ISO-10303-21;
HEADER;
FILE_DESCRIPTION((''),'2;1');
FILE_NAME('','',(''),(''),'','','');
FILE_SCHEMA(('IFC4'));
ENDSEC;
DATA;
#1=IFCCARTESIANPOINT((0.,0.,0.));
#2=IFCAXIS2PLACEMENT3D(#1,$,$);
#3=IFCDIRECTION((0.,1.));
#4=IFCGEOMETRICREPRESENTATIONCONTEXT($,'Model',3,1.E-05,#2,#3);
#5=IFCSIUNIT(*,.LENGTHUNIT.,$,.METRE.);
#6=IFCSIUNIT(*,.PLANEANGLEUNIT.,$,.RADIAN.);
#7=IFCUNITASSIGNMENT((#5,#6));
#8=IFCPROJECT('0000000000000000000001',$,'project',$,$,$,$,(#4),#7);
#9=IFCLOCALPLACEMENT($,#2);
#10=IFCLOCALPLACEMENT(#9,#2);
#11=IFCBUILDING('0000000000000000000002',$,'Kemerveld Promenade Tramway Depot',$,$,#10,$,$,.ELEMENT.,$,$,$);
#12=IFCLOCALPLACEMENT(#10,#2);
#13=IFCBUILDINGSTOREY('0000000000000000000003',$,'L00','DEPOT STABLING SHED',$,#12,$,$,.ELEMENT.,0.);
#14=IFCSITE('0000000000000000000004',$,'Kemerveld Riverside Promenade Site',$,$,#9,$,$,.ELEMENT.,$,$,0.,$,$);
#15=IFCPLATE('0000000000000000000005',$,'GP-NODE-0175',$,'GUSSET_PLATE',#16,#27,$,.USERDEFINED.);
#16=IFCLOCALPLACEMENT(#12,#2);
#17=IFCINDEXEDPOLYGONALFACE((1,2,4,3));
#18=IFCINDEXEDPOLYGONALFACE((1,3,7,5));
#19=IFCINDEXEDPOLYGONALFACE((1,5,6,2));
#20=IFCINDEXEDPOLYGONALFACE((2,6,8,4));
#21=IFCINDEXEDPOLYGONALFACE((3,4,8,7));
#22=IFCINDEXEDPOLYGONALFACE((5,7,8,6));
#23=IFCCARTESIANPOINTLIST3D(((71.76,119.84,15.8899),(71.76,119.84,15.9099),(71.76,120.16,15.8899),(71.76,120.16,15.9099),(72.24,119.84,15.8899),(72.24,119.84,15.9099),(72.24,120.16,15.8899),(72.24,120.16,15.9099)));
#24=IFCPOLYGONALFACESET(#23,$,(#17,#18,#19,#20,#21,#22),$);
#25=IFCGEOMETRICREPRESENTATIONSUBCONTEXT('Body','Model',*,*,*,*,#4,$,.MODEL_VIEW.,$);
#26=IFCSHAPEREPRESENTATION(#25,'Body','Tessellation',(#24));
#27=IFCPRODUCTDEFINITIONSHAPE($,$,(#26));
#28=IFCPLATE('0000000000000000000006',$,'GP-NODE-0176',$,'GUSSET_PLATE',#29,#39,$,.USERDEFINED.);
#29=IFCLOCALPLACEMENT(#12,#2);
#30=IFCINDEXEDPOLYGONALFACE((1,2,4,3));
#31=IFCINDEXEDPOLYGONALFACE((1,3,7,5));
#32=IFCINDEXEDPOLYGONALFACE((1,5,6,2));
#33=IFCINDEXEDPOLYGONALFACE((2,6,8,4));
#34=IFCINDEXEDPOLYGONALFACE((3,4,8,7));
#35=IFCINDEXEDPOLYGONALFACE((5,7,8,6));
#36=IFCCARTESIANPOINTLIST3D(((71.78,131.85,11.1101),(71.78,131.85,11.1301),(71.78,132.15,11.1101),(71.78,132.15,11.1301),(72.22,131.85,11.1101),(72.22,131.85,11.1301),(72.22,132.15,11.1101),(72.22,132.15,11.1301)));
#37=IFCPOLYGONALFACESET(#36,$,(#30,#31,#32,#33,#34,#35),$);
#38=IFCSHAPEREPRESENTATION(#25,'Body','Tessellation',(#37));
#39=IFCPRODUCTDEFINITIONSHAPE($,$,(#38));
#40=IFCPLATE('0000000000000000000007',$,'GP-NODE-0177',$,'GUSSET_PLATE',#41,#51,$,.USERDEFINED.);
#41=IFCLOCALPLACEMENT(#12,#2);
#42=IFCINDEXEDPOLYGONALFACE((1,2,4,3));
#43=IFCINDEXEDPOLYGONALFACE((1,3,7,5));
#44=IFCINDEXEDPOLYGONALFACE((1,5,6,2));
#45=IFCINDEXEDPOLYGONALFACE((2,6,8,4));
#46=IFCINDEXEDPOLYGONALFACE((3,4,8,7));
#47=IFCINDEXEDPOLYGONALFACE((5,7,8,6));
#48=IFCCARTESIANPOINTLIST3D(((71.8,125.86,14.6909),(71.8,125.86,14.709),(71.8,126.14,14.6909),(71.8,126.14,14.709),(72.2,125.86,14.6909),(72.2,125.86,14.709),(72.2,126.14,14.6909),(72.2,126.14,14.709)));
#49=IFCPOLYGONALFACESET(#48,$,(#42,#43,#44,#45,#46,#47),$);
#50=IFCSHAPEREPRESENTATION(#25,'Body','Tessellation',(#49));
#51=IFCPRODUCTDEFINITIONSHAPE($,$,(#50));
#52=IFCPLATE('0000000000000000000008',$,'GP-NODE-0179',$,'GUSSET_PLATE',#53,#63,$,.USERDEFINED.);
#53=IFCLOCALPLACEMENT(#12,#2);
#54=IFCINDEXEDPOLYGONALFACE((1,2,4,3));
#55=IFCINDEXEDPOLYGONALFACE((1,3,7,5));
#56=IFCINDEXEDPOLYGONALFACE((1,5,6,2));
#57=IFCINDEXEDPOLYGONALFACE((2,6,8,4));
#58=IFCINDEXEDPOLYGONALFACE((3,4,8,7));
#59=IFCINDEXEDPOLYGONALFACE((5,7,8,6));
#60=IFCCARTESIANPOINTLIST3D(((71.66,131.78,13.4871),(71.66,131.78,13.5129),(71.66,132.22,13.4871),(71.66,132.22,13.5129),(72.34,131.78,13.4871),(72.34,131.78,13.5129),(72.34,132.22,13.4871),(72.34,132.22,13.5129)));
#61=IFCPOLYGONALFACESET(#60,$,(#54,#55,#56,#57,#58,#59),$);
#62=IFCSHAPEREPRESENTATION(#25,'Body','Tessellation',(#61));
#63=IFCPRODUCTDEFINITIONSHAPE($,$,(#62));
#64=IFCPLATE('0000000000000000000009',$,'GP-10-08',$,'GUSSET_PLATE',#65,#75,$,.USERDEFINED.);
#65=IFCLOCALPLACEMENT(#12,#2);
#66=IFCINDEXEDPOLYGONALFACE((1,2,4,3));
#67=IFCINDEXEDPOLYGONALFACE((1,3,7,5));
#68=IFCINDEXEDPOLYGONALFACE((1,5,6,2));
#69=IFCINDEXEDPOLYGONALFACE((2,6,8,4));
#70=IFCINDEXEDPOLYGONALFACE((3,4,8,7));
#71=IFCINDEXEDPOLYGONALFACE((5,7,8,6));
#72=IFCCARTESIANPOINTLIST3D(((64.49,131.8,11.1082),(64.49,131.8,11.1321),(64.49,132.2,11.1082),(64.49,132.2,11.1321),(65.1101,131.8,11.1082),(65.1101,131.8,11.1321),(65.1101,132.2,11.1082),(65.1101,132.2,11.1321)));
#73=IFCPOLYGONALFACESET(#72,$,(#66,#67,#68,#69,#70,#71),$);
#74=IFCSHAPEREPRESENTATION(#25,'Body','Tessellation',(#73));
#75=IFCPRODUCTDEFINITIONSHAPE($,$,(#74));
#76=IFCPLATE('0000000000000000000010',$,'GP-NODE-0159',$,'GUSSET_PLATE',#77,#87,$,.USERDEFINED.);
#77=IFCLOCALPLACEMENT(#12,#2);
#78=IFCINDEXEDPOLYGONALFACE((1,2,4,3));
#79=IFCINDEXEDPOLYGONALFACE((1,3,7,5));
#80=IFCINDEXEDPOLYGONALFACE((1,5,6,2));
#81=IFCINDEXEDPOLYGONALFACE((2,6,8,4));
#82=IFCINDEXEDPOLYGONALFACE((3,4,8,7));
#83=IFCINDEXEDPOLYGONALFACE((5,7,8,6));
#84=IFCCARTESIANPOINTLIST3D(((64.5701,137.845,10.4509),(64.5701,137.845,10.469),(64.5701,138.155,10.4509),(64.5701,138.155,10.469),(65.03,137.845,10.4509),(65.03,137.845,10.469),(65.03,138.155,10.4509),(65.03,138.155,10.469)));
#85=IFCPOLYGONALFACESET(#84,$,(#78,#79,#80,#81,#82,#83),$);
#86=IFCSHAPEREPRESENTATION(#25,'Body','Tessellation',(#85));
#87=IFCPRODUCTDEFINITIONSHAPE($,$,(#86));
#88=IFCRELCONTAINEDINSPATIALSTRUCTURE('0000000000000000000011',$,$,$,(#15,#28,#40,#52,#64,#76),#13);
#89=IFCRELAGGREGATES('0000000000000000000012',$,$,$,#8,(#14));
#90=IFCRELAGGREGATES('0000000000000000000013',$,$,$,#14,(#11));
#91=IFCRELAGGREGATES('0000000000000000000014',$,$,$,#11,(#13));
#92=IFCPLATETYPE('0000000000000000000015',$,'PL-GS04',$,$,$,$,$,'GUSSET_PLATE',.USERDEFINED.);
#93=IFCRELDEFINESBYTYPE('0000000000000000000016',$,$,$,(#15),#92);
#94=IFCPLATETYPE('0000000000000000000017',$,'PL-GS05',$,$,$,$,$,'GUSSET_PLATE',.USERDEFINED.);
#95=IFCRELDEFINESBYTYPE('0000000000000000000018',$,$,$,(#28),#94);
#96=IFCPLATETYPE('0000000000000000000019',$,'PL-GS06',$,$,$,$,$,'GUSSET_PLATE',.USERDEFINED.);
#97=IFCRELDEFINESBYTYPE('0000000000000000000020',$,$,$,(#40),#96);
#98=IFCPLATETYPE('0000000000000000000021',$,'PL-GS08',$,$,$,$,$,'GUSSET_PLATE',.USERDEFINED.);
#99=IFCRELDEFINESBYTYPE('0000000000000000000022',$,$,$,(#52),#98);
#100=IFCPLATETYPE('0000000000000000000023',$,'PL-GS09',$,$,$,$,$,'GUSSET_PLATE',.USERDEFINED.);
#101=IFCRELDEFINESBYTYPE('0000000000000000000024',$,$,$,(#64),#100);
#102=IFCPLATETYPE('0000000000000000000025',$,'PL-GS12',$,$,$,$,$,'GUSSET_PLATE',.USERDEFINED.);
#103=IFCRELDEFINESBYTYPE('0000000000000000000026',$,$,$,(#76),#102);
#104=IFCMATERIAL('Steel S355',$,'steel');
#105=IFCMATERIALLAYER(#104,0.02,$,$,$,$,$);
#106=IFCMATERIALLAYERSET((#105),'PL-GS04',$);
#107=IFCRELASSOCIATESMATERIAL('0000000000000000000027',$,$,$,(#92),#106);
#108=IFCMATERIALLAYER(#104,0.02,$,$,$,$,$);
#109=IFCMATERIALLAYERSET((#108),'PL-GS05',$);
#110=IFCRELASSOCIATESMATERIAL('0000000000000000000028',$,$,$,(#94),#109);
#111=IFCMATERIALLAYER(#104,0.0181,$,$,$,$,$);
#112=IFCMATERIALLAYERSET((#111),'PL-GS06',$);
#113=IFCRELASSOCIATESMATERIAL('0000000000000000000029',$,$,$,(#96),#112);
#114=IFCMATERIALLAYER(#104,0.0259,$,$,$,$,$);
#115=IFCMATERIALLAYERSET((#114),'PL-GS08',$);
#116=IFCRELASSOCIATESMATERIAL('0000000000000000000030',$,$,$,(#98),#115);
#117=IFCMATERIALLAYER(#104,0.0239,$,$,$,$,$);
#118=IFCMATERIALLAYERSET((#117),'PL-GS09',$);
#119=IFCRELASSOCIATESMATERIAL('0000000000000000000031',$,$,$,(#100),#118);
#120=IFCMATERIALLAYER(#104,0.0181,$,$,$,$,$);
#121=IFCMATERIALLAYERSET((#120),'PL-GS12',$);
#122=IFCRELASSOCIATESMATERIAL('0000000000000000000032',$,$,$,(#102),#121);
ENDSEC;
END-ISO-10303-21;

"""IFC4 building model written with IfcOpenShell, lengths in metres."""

from ifc_helpers import new_model, si_unit, direction, frame, origin, origin_2d, place, context, subcontext, project, spatial, rectangle, extrude, material, layer, layer_set, type_object, element, save


model = new_model("IFC4")

# Units and contexts
model_context = context("Model", 3, precision=1e-05, world=origin(), true_north=direction((0.0, 1.0)))
body_context = subcontext(model_context, "Body", "Model", "MODEL_VIEW")
ifc_project = project(units=[si_unit("LENGTHUNIT", "METRE"), si_unit("PLANEANGLEUNIT", "RADIAN")], contexts=[model_context])

# Site, building, storey
site_placement = place(None, origin())
site = spatial("IfcSite", under=ifc_project, at=site_placement, Name="Kemerveld Riverside Promenade Site", CompositionType="ELEMENT", RefElevation=0.0)
building_placement = place(site_placement, origin())
building = spatial("IfcBuilding", under=site, at=building_placement, Name="Kemerveld Promenade Tramway Depot", CompositionType="ELEMENT")
storey_placement = place(building_placement, origin())
storey = spatial("IfcBuildingStorey", under=building, at=storey_placement, Name="L00", Description="DEPOT STABLING SHED", CompositionType="ELEMENT", Elevation=0.0)

# Shared definitions
ifc_material_1 = material(Name="Steel S355", Category="steel")

# Plates
ifc_layer_1 = layer(ifc_material_1, 0.02)
ifc_layer_set_1 = layer_set([ifc_layer_1], Name="PL-GS04")
plate_type_1 = type_object("IfcPlateType", Name="PL-GS04", ElementType="GUSSET_PLATE", PredefinedType="USERDEFINED", material=ifc_layer_set_1)
plate_1_placement = place(storey_placement, frame((72.0, 120.0, 15.8899), z_axis=(0.0, 0.0, 1.0), x_axis=(1.0, 0.0, 0.0)))
element("IfcPlate", 1, at=plate_1_placement, inside=storey, type_object=plate_type_1, Name="GP-NODE-0175", ObjectType="GUSSET_PLATE", PredefinedType="USERDEFINED", context=body_context, shape_type="SweptSolid", body=[
    extrude(rectangle(XDim=0.48, YDim=0.3201, at=origin_2d()), origin(), (0.0, 0.0, 1.0), 0.02),
])
ifc_layer_2 = layer(ifc_material_1, 0.02)
ifc_layer_set_2 = layer_set([ifc_layer_2], Name="PL-GS05")
plate_type_2 = type_object("IfcPlateType", Name="PL-GS05", ElementType="GUSSET_PLATE", PredefinedType="USERDEFINED", material=ifc_layer_set_2)
plate_2_placement = place(storey_placement, frame((72.0, 132.0, 11.1101), z_axis=(0.0, 0.0, 1.0), x_axis=(1.0, 0.0, 0.0)))
element("IfcPlate", 2, at=plate_2_placement, inside=storey, type_object=plate_type_2, Name="GP-NODE-0176", ObjectType="GUSSET_PLATE", PredefinedType="USERDEFINED", context=body_context, shape_type="SweptSolid", body=[
    extrude(rectangle(XDim=0.4399, YDim=0.3, at=origin_2d()), origin(), (0.0, 0.0, 1.0), 0.02),
])
ifc_layer_3 = layer(ifc_material_1, 0.0181)
ifc_layer_set_3 = layer_set([ifc_layer_3], Name="PL-GS06")
plate_type_3 = type_object("IfcPlateType", Name="PL-GS06", ElementType="GUSSET_PLATE", PredefinedType="USERDEFINED", material=ifc_layer_set_3)
plate_3_placement = place(storey_placement, frame((72.0, 126.0, 14.6909), z_axis=(0.0, 0.0, 1.0), x_axis=(1.0, 0.0, 0.0)))
element("IfcPlate", 3, at=plate_3_placement, inside=storey, type_object=plate_type_3, Name="GP-NODE-0177", ObjectType="GUSSET_PLATE", PredefinedType="USERDEFINED", context=body_context, shape_type="SweptSolid", body=[
    extrude(rectangle(XDim=0.3999, YDim=0.28, at=origin_2d()), origin(), (0.0, 0.0, 1.0), 0.0181),
])
ifc_layer_4 = layer(ifc_material_1, 0.0259)
ifc_layer_set_4 = layer_set([ifc_layer_4], Name="PL-GS08")
plate_type_4 = type_object("IfcPlateType", Name="PL-GS08", ElementType="GUSSET_PLATE", PredefinedType="USERDEFINED", material=ifc_layer_set_4)
plate_4_placement = place(storey_placement, frame((72.0, 132.0, 13.4871), z_axis=(0.0, 0.0, 1.0), x_axis=(1.0, 0.0, 0.0)))
element("IfcPlate", 4, at=plate_4_placement, inside=storey, type_object=plate_type_4, Name="GP-NODE-0179", ObjectType="GUSSET_PLATE", PredefinedType="USERDEFINED", context=body_context, shape_type="SweptSolid", body=[
    extrude(rectangle(XDim=0.6799, YDim=0.4399, at=origin_2d()), origin(), (0.0, 0.0, 1.0), 0.0259),
])
ifc_layer_5 = layer(ifc_material_1, 0.0239)
ifc_layer_set_5 = layer_set([ifc_layer_5], Name="PL-GS09")
plate_type_5 = type_object("IfcPlateType", Name="PL-GS09", ElementType="GUSSET_PLATE", PredefinedType="USERDEFINED", material=ifc_layer_set_5)
plate_5_placement = place(storey_placement, frame((64.8, 132.0, 11.1082), z_axis=(0.0, 0.0, 1.0), x_axis=(1.0, 0.0, 0.0)))
element("IfcPlate", 5, at=plate_5_placement, inside=storey, type_object=plate_type_5, Name="GP-10-08", ObjectType="GUSSET_PLATE", PredefinedType="USERDEFINED", context=body_context, shape_type="SweptSolid", body=[
    extrude(rectangle(XDim=0.6201, YDim=0.3999, at=origin_2d()), origin(), (0.0, 0.0, 1.0), 0.0239),
])
ifc_layer_6 = layer(ifc_material_1, 0.0181)
ifc_layer_set_6 = layer_set([ifc_layer_6], Name="PL-GS12")
plate_type_6 = type_object("IfcPlateType", Name="PL-GS12", ElementType="GUSSET_PLATE", PredefinedType="USERDEFINED", material=ifc_layer_set_6)
plate_6_placement = place(storey_placement, frame((64.8, 138.0, 10.4509), z_axis=(0.0, 0.0, 1.0), x_axis=(1.0, 0.0, 0.0)))
element("IfcPlate", 6, at=plate_6_placement, inside=storey, type_object=plate_type_6, Name="GP-NODE-0159", ObjectType="GUSSET_PLATE", PredefinedType="USERDEFINED", context=body_context, shape_type="SweptSolid", body=[
    extrude(rectangle(XDim=0.46, YDim=0.3101, at=origin_2d()), origin(), (0.0, 0.0, 1.0), 0.0181),
])

save(model, "model.ifc")
